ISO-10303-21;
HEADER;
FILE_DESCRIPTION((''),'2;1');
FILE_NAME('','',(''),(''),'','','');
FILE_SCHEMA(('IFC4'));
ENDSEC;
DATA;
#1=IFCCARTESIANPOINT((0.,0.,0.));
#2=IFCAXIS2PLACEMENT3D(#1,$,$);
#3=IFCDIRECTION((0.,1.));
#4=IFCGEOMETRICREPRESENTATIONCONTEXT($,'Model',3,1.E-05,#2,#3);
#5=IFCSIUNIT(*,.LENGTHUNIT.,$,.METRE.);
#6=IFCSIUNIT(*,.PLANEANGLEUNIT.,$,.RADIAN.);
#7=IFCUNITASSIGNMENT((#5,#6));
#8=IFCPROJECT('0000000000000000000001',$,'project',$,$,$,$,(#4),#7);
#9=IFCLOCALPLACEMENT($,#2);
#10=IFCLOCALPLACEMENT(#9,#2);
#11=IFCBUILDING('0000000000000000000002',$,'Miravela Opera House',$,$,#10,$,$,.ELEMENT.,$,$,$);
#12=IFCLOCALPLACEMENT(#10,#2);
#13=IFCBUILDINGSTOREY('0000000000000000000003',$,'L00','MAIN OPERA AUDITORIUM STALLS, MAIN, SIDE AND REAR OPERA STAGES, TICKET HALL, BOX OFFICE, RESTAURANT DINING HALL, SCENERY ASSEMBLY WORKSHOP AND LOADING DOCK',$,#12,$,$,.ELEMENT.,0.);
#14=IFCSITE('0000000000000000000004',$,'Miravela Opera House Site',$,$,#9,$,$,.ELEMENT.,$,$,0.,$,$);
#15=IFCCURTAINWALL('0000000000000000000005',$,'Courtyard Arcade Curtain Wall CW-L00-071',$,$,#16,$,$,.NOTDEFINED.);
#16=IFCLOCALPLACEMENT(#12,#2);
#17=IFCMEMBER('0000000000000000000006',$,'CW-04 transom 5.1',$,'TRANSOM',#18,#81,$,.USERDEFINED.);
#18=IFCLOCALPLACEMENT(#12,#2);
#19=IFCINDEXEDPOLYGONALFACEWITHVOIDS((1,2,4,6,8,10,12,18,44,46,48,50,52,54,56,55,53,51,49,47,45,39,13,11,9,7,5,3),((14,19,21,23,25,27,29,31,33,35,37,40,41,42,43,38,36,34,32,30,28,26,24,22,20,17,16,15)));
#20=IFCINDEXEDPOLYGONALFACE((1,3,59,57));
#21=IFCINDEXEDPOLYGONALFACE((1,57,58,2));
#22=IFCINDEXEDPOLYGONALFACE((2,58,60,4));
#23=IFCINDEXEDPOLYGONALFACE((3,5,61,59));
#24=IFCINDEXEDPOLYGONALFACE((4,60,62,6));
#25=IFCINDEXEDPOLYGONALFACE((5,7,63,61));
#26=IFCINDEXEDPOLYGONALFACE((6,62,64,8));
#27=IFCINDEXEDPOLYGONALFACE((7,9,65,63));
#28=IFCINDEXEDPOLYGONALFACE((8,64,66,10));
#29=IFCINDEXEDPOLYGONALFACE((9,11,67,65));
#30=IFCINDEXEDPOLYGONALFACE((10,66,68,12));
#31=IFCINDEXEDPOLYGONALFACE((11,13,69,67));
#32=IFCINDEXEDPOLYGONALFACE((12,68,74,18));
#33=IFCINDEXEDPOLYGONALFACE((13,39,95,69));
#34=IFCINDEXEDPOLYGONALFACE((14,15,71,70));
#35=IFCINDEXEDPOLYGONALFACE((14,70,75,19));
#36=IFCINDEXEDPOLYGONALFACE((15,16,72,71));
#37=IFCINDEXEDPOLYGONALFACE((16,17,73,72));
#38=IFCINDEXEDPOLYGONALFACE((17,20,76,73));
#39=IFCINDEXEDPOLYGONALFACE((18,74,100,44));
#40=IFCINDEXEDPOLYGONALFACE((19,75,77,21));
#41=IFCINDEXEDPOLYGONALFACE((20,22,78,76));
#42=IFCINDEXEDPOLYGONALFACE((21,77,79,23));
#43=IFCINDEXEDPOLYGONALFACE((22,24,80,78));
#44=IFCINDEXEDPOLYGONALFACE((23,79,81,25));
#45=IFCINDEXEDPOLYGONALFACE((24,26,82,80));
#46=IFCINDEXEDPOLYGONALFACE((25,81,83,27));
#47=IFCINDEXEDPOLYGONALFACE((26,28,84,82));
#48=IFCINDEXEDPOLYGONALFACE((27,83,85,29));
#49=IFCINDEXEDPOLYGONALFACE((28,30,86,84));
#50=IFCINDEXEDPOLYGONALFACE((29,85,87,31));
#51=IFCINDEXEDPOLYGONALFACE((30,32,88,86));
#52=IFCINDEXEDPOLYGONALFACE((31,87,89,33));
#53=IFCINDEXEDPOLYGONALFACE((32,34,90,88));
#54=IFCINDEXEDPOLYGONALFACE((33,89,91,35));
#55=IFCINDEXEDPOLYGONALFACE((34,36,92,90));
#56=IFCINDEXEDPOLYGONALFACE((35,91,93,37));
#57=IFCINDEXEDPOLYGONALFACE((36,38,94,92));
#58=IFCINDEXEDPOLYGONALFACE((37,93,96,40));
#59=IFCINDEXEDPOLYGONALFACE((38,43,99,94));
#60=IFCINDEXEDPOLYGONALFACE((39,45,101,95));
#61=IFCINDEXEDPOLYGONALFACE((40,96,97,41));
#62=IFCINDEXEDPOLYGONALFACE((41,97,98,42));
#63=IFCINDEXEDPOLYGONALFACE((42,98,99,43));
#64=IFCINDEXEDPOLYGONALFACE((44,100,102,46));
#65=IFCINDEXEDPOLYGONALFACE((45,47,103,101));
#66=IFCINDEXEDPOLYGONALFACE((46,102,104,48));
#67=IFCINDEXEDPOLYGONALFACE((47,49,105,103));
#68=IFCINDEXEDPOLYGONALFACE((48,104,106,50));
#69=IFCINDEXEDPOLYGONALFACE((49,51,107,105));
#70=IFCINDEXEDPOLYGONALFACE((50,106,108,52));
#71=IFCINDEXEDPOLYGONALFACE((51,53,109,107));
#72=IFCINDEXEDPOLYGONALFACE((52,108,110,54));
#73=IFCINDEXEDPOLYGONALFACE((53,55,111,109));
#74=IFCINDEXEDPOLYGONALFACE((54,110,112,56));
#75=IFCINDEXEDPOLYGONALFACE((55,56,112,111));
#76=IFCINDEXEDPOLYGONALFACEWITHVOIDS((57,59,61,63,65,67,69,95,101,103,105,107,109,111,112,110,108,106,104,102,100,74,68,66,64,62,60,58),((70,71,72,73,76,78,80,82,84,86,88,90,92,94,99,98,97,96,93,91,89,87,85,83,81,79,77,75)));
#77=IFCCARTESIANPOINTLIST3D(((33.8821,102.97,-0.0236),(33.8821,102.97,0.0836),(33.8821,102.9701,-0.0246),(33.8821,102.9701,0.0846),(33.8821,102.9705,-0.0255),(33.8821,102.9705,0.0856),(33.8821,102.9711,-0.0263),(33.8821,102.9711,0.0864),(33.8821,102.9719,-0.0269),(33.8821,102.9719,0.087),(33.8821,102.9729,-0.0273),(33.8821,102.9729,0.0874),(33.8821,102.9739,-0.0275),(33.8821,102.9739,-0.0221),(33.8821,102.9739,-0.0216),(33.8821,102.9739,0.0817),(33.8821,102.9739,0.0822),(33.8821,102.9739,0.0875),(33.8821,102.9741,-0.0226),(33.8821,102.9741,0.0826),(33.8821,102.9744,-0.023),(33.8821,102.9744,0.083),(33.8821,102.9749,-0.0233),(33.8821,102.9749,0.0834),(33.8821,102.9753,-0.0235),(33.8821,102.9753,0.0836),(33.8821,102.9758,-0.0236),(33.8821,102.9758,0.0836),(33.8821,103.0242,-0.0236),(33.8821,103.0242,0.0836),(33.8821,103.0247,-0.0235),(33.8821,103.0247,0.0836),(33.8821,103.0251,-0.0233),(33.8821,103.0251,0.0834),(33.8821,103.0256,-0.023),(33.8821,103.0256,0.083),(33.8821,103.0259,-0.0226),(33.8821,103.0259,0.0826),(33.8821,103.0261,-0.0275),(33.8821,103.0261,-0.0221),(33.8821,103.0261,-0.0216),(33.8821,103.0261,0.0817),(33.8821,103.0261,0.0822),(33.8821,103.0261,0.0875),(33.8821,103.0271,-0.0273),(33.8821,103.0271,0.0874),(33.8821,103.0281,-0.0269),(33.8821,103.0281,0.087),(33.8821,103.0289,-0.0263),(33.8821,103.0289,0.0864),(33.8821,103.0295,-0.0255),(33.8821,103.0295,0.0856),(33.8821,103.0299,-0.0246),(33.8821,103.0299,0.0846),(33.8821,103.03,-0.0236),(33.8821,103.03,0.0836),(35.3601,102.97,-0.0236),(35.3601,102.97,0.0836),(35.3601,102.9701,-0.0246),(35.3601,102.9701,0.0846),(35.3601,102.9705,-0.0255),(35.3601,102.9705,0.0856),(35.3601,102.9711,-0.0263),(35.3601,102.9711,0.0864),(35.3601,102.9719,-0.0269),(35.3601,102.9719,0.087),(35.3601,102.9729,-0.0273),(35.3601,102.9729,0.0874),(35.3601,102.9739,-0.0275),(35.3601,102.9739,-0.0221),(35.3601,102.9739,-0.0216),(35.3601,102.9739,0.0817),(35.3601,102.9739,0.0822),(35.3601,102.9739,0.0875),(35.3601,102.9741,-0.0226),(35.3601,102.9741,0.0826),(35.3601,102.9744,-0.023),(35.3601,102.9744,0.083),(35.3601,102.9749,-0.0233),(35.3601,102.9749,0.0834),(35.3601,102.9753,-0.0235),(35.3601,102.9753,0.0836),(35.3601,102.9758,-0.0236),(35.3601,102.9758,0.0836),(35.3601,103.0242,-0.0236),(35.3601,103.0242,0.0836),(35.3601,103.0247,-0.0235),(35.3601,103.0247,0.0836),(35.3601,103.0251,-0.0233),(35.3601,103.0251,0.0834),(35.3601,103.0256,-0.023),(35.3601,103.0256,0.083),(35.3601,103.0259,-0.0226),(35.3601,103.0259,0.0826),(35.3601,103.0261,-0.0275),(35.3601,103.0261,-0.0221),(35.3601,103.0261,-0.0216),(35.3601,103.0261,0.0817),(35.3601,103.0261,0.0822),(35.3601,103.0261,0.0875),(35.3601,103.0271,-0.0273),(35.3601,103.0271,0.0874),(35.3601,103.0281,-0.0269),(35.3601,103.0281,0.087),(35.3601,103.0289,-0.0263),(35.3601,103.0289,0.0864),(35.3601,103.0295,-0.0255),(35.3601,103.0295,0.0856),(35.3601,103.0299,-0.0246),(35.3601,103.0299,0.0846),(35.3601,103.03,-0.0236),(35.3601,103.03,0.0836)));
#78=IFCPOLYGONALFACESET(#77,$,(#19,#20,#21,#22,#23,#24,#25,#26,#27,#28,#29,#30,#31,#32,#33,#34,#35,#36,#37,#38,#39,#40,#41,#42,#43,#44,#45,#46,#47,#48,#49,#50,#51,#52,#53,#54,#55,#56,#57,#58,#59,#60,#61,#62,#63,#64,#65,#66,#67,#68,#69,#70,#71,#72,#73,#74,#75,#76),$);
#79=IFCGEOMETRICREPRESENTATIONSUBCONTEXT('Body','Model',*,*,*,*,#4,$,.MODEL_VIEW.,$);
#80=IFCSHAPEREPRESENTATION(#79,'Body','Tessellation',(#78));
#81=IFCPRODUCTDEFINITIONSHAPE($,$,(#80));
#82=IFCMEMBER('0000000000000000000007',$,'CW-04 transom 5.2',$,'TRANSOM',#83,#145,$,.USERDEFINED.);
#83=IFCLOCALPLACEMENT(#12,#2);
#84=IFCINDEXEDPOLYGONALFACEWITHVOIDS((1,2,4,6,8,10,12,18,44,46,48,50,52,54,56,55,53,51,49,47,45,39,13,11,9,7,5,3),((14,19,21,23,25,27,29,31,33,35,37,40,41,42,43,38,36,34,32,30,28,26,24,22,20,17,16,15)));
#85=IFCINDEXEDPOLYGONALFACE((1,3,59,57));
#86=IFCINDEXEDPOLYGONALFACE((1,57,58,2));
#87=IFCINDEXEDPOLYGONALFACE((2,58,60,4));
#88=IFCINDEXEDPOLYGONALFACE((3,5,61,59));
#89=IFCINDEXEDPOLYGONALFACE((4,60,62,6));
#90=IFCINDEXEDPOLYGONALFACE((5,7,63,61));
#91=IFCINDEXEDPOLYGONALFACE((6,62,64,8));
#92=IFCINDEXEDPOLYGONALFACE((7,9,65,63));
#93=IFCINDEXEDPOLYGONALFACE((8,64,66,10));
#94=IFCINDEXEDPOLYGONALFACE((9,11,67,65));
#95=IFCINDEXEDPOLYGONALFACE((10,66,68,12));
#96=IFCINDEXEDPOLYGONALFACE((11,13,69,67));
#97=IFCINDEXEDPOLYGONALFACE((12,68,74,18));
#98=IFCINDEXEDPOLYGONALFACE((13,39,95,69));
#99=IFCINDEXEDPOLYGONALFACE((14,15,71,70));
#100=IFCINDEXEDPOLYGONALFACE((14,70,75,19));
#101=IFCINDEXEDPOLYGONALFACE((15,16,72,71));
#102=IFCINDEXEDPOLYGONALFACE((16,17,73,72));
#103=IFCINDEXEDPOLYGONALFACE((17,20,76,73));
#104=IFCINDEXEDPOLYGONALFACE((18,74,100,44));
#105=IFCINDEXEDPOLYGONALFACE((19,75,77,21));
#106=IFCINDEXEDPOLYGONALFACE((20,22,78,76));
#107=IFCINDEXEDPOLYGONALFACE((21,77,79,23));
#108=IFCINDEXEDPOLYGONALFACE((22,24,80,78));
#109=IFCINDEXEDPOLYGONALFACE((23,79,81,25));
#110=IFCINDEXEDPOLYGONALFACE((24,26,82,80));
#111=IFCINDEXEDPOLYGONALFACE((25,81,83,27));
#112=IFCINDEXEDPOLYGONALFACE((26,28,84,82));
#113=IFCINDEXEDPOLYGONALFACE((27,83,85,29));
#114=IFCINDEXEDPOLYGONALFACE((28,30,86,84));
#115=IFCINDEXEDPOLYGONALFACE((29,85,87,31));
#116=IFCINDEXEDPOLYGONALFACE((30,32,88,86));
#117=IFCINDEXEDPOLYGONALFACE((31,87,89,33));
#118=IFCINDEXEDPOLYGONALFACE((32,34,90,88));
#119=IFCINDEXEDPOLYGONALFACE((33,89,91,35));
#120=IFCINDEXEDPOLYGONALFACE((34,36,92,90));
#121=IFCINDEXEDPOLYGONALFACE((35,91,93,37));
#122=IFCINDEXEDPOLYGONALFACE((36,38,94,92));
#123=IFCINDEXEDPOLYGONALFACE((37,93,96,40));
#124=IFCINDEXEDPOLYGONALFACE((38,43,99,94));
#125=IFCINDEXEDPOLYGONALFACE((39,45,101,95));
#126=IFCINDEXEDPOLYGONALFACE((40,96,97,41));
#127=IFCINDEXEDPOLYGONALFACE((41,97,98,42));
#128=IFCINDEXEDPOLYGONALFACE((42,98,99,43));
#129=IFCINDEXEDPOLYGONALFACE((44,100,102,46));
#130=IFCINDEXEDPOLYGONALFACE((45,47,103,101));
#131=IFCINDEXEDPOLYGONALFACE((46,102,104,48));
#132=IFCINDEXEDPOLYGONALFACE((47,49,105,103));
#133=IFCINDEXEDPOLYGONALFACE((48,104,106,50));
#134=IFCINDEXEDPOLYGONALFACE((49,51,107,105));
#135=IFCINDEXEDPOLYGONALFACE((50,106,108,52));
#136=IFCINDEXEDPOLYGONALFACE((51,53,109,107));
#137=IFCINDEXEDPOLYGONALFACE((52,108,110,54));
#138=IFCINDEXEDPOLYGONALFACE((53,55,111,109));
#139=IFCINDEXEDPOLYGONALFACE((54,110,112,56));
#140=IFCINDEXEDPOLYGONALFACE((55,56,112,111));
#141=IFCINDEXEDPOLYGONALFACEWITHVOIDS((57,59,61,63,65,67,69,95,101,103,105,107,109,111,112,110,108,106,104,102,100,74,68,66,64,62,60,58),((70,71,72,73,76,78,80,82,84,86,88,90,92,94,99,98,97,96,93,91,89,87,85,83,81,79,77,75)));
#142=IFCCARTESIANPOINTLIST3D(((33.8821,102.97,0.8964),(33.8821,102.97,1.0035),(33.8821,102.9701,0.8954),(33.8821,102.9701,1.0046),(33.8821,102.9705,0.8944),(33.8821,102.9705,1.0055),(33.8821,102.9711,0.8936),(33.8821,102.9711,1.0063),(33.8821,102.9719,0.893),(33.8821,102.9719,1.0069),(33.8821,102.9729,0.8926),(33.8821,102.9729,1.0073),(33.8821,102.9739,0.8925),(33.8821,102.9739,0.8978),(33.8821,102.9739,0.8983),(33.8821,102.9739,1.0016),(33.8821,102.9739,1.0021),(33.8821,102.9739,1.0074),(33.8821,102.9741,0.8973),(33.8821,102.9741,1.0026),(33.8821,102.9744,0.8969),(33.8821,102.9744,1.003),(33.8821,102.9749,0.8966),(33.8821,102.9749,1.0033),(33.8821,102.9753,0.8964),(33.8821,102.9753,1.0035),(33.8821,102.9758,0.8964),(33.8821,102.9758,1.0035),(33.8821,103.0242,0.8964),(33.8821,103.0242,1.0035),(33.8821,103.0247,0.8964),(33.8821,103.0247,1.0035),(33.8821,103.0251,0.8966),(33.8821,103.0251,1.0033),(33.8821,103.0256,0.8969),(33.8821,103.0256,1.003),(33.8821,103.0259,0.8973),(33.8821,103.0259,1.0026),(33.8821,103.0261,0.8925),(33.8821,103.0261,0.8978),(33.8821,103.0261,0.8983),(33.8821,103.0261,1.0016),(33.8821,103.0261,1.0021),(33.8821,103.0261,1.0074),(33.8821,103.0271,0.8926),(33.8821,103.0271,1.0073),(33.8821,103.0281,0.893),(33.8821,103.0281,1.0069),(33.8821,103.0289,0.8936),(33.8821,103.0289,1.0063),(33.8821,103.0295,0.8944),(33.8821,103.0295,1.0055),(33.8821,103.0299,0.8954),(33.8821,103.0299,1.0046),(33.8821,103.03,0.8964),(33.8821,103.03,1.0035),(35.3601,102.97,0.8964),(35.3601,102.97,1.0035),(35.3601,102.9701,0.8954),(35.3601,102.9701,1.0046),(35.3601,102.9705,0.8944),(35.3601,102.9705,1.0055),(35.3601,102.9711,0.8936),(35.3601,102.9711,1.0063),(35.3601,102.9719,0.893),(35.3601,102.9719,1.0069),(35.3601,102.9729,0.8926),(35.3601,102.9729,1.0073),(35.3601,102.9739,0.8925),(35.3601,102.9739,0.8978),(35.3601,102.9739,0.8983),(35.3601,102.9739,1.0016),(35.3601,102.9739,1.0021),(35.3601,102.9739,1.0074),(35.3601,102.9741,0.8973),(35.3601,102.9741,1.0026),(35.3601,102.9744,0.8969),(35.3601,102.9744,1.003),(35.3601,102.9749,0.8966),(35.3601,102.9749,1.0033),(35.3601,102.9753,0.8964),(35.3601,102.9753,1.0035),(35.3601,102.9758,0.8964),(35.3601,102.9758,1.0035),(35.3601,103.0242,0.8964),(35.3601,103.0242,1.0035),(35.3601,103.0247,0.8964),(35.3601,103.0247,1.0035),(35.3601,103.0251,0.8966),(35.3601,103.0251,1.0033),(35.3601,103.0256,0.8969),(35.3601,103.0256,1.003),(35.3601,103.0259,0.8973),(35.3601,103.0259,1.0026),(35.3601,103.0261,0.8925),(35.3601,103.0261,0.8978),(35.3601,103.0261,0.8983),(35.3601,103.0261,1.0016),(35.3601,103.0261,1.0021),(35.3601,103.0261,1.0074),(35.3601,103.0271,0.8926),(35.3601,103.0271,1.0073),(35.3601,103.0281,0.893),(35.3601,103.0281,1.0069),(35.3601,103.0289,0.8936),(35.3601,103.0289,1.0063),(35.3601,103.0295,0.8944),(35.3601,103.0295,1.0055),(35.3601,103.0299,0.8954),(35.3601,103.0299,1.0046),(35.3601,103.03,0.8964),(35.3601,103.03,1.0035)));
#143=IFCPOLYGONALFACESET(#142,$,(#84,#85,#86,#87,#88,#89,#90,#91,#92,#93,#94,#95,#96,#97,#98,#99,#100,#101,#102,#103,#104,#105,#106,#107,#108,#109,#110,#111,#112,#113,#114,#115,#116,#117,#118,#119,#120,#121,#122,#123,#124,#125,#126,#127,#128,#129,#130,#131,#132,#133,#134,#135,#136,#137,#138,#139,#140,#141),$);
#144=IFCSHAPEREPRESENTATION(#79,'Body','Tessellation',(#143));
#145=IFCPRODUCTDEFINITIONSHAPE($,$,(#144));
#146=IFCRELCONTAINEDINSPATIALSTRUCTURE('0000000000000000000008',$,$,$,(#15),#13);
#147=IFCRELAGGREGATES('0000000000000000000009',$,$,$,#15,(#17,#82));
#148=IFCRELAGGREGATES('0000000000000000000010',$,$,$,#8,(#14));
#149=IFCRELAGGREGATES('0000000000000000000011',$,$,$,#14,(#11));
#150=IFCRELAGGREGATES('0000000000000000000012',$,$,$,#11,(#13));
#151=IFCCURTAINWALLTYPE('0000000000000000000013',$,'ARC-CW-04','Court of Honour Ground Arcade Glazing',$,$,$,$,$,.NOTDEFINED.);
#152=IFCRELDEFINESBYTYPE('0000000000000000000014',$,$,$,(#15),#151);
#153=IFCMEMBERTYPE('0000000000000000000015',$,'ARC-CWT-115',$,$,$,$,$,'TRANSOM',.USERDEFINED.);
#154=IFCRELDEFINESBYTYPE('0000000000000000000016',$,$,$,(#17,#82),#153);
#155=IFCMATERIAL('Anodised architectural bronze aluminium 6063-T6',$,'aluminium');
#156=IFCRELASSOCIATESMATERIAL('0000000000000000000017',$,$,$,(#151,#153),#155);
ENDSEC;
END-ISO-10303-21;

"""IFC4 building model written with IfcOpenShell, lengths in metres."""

from ifc_helpers import new_model, si_unit, direction, frame, origin, origin_2d, place, context, subcontext, project, spatial, hollow_rectangle, extrude, material, material_profile, profile_set, type_object, element, aggregate, save


model = new_model("IFC4")

# Units and contexts
model_context = context("Model", 3, precision=1e-05, world=origin(), true_north=direction((0.0, 1.0)))
body_context = subcontext(model_context, "Body", "Model", "MODEL_VIEW")
ifc_project = project(units=[si_unit("LENGTHUNIT", "METRE"), si_unit("PLANEANGLEUNIT", "RADIAN")], contexts=[model_context])

# Site, building, storey
site_placement = place(None, origin())
site = spatial("IfcSite", under=ifc_project, at=site_placement, Name="Miravela Opera House Site", CompositionType="ELEMENT", RefElevation=0.0)
building_placement = place(site_placement, origin())
building = spatial("IfcBuilding", under=site, at=building_placement, Name="Miravela Opera House", CompositionType="ELEMENT")
storey_placement = place(building_placement, origin())
storey = spatial("IfcBuildingStorey", under=building, at=storey_placement, Name="L00", Description="MAIN OPERA AUDITORIUM STALLS, MAIN, SIDE AND REAR OPERA STAGES, TICKET HALL, BOX OFFICE, RESTAURANT DINING HALL, SCENERY ASSEMBLY WORKSHOP AND LOADING DOCK", CompositionType="ELEMENT", Elevation=0.0)

# Curtain wall
ifc_material_1 = material(Name="Anodised architectural bronze aluminium 6063-T6", Category="aluminium")
curtain_wall_type = type_object("IfcCurtainWallType", Name="ARC-CW-04", Description="Court of Honour Ground Arcade Glazing", PredefinedType="NOTDEFINED", material=ifc_material_1)
curtain_wall_1_placement = place(storey_placement, origin())
curtain_wall_1 = element("IfcCurtainWall", 1, at=curtain_wall_1_placement, inside=storey, type_object=curtain_wall_type, Name="Courtyard Arcade Curtain Wall CW-L00-071", PredefinedType="NOTDEFINED")

# Members
ifc_material_profile_1 = material_profile(ifc_material_1, hollow_rectangle(XDim=0.0601, YDim=0.115, WallThickness=0.0039, InnerFilletRadius=0.002, OuterFilletRadius=0.0039, at=origin_2d()), Name="CWT-60X115")
ifc_profile_set_1 = profile_set([ifc_material_profile_1])
member_type_1 = type_object("IfcMemberType", Name="ARC-CWT-115", ElementType="TRANSOM", PredefinedType="USERDEFINED", material=ifc_profile_set_1)
member_1_placement = place(storey_placement, frame((33.8821, 103.0, 0.03), z_axis=(1.0, 0.0, 0.0), x_axis=(0.0, 1.0, 0.0)))
member_1 = element("IfcMember", 2, at=member_1_placement, type_object=member_type_1, Name="CW-04 transom 5.1", ObjectType="TRANSOM", PredefinedType="USERDEFINED", context=body_context, shape_type="SweptSolid", body=[
    extrude(hollow_rectangle(XDim=0.0601, YDim=0.115, WallThickness=0.0039, InnerFilletRadius=0.002, OuterFilletRadius=0.0039, at=origin_2d()), origin(), (0.0, 0.0, 1.0), 1.478),
])
member_2_placement = place(storey_placement, frame((33.8821, 103.0, 0.95), z_axis=(1.0, 0.0, 0.0), x_axis=(0.0, 1.0, 0.0)))
member_2 = element("IfcMember", 3, at=member_2_placement, type_object=member_type_1, Name="CW-04 transom 5.2", ObjectType="TRANSOM", PredefinedType="USERDEFINED", context=body_context, shape_type="SweptSolid", body=[
    extrude(hollow_rectangle(XDim=0.0601, YDim=0.115, WallThickness=0.0039, InnerFilletRadius=0.002, OuterFilletRadius=0.0039, at=origin_2d()), origin(), (0.0, 0.0, 1.0), 1.478),
])

aggregate(curtain_wall_1, [member_1, member_2])

save(model, "model.ifc")
